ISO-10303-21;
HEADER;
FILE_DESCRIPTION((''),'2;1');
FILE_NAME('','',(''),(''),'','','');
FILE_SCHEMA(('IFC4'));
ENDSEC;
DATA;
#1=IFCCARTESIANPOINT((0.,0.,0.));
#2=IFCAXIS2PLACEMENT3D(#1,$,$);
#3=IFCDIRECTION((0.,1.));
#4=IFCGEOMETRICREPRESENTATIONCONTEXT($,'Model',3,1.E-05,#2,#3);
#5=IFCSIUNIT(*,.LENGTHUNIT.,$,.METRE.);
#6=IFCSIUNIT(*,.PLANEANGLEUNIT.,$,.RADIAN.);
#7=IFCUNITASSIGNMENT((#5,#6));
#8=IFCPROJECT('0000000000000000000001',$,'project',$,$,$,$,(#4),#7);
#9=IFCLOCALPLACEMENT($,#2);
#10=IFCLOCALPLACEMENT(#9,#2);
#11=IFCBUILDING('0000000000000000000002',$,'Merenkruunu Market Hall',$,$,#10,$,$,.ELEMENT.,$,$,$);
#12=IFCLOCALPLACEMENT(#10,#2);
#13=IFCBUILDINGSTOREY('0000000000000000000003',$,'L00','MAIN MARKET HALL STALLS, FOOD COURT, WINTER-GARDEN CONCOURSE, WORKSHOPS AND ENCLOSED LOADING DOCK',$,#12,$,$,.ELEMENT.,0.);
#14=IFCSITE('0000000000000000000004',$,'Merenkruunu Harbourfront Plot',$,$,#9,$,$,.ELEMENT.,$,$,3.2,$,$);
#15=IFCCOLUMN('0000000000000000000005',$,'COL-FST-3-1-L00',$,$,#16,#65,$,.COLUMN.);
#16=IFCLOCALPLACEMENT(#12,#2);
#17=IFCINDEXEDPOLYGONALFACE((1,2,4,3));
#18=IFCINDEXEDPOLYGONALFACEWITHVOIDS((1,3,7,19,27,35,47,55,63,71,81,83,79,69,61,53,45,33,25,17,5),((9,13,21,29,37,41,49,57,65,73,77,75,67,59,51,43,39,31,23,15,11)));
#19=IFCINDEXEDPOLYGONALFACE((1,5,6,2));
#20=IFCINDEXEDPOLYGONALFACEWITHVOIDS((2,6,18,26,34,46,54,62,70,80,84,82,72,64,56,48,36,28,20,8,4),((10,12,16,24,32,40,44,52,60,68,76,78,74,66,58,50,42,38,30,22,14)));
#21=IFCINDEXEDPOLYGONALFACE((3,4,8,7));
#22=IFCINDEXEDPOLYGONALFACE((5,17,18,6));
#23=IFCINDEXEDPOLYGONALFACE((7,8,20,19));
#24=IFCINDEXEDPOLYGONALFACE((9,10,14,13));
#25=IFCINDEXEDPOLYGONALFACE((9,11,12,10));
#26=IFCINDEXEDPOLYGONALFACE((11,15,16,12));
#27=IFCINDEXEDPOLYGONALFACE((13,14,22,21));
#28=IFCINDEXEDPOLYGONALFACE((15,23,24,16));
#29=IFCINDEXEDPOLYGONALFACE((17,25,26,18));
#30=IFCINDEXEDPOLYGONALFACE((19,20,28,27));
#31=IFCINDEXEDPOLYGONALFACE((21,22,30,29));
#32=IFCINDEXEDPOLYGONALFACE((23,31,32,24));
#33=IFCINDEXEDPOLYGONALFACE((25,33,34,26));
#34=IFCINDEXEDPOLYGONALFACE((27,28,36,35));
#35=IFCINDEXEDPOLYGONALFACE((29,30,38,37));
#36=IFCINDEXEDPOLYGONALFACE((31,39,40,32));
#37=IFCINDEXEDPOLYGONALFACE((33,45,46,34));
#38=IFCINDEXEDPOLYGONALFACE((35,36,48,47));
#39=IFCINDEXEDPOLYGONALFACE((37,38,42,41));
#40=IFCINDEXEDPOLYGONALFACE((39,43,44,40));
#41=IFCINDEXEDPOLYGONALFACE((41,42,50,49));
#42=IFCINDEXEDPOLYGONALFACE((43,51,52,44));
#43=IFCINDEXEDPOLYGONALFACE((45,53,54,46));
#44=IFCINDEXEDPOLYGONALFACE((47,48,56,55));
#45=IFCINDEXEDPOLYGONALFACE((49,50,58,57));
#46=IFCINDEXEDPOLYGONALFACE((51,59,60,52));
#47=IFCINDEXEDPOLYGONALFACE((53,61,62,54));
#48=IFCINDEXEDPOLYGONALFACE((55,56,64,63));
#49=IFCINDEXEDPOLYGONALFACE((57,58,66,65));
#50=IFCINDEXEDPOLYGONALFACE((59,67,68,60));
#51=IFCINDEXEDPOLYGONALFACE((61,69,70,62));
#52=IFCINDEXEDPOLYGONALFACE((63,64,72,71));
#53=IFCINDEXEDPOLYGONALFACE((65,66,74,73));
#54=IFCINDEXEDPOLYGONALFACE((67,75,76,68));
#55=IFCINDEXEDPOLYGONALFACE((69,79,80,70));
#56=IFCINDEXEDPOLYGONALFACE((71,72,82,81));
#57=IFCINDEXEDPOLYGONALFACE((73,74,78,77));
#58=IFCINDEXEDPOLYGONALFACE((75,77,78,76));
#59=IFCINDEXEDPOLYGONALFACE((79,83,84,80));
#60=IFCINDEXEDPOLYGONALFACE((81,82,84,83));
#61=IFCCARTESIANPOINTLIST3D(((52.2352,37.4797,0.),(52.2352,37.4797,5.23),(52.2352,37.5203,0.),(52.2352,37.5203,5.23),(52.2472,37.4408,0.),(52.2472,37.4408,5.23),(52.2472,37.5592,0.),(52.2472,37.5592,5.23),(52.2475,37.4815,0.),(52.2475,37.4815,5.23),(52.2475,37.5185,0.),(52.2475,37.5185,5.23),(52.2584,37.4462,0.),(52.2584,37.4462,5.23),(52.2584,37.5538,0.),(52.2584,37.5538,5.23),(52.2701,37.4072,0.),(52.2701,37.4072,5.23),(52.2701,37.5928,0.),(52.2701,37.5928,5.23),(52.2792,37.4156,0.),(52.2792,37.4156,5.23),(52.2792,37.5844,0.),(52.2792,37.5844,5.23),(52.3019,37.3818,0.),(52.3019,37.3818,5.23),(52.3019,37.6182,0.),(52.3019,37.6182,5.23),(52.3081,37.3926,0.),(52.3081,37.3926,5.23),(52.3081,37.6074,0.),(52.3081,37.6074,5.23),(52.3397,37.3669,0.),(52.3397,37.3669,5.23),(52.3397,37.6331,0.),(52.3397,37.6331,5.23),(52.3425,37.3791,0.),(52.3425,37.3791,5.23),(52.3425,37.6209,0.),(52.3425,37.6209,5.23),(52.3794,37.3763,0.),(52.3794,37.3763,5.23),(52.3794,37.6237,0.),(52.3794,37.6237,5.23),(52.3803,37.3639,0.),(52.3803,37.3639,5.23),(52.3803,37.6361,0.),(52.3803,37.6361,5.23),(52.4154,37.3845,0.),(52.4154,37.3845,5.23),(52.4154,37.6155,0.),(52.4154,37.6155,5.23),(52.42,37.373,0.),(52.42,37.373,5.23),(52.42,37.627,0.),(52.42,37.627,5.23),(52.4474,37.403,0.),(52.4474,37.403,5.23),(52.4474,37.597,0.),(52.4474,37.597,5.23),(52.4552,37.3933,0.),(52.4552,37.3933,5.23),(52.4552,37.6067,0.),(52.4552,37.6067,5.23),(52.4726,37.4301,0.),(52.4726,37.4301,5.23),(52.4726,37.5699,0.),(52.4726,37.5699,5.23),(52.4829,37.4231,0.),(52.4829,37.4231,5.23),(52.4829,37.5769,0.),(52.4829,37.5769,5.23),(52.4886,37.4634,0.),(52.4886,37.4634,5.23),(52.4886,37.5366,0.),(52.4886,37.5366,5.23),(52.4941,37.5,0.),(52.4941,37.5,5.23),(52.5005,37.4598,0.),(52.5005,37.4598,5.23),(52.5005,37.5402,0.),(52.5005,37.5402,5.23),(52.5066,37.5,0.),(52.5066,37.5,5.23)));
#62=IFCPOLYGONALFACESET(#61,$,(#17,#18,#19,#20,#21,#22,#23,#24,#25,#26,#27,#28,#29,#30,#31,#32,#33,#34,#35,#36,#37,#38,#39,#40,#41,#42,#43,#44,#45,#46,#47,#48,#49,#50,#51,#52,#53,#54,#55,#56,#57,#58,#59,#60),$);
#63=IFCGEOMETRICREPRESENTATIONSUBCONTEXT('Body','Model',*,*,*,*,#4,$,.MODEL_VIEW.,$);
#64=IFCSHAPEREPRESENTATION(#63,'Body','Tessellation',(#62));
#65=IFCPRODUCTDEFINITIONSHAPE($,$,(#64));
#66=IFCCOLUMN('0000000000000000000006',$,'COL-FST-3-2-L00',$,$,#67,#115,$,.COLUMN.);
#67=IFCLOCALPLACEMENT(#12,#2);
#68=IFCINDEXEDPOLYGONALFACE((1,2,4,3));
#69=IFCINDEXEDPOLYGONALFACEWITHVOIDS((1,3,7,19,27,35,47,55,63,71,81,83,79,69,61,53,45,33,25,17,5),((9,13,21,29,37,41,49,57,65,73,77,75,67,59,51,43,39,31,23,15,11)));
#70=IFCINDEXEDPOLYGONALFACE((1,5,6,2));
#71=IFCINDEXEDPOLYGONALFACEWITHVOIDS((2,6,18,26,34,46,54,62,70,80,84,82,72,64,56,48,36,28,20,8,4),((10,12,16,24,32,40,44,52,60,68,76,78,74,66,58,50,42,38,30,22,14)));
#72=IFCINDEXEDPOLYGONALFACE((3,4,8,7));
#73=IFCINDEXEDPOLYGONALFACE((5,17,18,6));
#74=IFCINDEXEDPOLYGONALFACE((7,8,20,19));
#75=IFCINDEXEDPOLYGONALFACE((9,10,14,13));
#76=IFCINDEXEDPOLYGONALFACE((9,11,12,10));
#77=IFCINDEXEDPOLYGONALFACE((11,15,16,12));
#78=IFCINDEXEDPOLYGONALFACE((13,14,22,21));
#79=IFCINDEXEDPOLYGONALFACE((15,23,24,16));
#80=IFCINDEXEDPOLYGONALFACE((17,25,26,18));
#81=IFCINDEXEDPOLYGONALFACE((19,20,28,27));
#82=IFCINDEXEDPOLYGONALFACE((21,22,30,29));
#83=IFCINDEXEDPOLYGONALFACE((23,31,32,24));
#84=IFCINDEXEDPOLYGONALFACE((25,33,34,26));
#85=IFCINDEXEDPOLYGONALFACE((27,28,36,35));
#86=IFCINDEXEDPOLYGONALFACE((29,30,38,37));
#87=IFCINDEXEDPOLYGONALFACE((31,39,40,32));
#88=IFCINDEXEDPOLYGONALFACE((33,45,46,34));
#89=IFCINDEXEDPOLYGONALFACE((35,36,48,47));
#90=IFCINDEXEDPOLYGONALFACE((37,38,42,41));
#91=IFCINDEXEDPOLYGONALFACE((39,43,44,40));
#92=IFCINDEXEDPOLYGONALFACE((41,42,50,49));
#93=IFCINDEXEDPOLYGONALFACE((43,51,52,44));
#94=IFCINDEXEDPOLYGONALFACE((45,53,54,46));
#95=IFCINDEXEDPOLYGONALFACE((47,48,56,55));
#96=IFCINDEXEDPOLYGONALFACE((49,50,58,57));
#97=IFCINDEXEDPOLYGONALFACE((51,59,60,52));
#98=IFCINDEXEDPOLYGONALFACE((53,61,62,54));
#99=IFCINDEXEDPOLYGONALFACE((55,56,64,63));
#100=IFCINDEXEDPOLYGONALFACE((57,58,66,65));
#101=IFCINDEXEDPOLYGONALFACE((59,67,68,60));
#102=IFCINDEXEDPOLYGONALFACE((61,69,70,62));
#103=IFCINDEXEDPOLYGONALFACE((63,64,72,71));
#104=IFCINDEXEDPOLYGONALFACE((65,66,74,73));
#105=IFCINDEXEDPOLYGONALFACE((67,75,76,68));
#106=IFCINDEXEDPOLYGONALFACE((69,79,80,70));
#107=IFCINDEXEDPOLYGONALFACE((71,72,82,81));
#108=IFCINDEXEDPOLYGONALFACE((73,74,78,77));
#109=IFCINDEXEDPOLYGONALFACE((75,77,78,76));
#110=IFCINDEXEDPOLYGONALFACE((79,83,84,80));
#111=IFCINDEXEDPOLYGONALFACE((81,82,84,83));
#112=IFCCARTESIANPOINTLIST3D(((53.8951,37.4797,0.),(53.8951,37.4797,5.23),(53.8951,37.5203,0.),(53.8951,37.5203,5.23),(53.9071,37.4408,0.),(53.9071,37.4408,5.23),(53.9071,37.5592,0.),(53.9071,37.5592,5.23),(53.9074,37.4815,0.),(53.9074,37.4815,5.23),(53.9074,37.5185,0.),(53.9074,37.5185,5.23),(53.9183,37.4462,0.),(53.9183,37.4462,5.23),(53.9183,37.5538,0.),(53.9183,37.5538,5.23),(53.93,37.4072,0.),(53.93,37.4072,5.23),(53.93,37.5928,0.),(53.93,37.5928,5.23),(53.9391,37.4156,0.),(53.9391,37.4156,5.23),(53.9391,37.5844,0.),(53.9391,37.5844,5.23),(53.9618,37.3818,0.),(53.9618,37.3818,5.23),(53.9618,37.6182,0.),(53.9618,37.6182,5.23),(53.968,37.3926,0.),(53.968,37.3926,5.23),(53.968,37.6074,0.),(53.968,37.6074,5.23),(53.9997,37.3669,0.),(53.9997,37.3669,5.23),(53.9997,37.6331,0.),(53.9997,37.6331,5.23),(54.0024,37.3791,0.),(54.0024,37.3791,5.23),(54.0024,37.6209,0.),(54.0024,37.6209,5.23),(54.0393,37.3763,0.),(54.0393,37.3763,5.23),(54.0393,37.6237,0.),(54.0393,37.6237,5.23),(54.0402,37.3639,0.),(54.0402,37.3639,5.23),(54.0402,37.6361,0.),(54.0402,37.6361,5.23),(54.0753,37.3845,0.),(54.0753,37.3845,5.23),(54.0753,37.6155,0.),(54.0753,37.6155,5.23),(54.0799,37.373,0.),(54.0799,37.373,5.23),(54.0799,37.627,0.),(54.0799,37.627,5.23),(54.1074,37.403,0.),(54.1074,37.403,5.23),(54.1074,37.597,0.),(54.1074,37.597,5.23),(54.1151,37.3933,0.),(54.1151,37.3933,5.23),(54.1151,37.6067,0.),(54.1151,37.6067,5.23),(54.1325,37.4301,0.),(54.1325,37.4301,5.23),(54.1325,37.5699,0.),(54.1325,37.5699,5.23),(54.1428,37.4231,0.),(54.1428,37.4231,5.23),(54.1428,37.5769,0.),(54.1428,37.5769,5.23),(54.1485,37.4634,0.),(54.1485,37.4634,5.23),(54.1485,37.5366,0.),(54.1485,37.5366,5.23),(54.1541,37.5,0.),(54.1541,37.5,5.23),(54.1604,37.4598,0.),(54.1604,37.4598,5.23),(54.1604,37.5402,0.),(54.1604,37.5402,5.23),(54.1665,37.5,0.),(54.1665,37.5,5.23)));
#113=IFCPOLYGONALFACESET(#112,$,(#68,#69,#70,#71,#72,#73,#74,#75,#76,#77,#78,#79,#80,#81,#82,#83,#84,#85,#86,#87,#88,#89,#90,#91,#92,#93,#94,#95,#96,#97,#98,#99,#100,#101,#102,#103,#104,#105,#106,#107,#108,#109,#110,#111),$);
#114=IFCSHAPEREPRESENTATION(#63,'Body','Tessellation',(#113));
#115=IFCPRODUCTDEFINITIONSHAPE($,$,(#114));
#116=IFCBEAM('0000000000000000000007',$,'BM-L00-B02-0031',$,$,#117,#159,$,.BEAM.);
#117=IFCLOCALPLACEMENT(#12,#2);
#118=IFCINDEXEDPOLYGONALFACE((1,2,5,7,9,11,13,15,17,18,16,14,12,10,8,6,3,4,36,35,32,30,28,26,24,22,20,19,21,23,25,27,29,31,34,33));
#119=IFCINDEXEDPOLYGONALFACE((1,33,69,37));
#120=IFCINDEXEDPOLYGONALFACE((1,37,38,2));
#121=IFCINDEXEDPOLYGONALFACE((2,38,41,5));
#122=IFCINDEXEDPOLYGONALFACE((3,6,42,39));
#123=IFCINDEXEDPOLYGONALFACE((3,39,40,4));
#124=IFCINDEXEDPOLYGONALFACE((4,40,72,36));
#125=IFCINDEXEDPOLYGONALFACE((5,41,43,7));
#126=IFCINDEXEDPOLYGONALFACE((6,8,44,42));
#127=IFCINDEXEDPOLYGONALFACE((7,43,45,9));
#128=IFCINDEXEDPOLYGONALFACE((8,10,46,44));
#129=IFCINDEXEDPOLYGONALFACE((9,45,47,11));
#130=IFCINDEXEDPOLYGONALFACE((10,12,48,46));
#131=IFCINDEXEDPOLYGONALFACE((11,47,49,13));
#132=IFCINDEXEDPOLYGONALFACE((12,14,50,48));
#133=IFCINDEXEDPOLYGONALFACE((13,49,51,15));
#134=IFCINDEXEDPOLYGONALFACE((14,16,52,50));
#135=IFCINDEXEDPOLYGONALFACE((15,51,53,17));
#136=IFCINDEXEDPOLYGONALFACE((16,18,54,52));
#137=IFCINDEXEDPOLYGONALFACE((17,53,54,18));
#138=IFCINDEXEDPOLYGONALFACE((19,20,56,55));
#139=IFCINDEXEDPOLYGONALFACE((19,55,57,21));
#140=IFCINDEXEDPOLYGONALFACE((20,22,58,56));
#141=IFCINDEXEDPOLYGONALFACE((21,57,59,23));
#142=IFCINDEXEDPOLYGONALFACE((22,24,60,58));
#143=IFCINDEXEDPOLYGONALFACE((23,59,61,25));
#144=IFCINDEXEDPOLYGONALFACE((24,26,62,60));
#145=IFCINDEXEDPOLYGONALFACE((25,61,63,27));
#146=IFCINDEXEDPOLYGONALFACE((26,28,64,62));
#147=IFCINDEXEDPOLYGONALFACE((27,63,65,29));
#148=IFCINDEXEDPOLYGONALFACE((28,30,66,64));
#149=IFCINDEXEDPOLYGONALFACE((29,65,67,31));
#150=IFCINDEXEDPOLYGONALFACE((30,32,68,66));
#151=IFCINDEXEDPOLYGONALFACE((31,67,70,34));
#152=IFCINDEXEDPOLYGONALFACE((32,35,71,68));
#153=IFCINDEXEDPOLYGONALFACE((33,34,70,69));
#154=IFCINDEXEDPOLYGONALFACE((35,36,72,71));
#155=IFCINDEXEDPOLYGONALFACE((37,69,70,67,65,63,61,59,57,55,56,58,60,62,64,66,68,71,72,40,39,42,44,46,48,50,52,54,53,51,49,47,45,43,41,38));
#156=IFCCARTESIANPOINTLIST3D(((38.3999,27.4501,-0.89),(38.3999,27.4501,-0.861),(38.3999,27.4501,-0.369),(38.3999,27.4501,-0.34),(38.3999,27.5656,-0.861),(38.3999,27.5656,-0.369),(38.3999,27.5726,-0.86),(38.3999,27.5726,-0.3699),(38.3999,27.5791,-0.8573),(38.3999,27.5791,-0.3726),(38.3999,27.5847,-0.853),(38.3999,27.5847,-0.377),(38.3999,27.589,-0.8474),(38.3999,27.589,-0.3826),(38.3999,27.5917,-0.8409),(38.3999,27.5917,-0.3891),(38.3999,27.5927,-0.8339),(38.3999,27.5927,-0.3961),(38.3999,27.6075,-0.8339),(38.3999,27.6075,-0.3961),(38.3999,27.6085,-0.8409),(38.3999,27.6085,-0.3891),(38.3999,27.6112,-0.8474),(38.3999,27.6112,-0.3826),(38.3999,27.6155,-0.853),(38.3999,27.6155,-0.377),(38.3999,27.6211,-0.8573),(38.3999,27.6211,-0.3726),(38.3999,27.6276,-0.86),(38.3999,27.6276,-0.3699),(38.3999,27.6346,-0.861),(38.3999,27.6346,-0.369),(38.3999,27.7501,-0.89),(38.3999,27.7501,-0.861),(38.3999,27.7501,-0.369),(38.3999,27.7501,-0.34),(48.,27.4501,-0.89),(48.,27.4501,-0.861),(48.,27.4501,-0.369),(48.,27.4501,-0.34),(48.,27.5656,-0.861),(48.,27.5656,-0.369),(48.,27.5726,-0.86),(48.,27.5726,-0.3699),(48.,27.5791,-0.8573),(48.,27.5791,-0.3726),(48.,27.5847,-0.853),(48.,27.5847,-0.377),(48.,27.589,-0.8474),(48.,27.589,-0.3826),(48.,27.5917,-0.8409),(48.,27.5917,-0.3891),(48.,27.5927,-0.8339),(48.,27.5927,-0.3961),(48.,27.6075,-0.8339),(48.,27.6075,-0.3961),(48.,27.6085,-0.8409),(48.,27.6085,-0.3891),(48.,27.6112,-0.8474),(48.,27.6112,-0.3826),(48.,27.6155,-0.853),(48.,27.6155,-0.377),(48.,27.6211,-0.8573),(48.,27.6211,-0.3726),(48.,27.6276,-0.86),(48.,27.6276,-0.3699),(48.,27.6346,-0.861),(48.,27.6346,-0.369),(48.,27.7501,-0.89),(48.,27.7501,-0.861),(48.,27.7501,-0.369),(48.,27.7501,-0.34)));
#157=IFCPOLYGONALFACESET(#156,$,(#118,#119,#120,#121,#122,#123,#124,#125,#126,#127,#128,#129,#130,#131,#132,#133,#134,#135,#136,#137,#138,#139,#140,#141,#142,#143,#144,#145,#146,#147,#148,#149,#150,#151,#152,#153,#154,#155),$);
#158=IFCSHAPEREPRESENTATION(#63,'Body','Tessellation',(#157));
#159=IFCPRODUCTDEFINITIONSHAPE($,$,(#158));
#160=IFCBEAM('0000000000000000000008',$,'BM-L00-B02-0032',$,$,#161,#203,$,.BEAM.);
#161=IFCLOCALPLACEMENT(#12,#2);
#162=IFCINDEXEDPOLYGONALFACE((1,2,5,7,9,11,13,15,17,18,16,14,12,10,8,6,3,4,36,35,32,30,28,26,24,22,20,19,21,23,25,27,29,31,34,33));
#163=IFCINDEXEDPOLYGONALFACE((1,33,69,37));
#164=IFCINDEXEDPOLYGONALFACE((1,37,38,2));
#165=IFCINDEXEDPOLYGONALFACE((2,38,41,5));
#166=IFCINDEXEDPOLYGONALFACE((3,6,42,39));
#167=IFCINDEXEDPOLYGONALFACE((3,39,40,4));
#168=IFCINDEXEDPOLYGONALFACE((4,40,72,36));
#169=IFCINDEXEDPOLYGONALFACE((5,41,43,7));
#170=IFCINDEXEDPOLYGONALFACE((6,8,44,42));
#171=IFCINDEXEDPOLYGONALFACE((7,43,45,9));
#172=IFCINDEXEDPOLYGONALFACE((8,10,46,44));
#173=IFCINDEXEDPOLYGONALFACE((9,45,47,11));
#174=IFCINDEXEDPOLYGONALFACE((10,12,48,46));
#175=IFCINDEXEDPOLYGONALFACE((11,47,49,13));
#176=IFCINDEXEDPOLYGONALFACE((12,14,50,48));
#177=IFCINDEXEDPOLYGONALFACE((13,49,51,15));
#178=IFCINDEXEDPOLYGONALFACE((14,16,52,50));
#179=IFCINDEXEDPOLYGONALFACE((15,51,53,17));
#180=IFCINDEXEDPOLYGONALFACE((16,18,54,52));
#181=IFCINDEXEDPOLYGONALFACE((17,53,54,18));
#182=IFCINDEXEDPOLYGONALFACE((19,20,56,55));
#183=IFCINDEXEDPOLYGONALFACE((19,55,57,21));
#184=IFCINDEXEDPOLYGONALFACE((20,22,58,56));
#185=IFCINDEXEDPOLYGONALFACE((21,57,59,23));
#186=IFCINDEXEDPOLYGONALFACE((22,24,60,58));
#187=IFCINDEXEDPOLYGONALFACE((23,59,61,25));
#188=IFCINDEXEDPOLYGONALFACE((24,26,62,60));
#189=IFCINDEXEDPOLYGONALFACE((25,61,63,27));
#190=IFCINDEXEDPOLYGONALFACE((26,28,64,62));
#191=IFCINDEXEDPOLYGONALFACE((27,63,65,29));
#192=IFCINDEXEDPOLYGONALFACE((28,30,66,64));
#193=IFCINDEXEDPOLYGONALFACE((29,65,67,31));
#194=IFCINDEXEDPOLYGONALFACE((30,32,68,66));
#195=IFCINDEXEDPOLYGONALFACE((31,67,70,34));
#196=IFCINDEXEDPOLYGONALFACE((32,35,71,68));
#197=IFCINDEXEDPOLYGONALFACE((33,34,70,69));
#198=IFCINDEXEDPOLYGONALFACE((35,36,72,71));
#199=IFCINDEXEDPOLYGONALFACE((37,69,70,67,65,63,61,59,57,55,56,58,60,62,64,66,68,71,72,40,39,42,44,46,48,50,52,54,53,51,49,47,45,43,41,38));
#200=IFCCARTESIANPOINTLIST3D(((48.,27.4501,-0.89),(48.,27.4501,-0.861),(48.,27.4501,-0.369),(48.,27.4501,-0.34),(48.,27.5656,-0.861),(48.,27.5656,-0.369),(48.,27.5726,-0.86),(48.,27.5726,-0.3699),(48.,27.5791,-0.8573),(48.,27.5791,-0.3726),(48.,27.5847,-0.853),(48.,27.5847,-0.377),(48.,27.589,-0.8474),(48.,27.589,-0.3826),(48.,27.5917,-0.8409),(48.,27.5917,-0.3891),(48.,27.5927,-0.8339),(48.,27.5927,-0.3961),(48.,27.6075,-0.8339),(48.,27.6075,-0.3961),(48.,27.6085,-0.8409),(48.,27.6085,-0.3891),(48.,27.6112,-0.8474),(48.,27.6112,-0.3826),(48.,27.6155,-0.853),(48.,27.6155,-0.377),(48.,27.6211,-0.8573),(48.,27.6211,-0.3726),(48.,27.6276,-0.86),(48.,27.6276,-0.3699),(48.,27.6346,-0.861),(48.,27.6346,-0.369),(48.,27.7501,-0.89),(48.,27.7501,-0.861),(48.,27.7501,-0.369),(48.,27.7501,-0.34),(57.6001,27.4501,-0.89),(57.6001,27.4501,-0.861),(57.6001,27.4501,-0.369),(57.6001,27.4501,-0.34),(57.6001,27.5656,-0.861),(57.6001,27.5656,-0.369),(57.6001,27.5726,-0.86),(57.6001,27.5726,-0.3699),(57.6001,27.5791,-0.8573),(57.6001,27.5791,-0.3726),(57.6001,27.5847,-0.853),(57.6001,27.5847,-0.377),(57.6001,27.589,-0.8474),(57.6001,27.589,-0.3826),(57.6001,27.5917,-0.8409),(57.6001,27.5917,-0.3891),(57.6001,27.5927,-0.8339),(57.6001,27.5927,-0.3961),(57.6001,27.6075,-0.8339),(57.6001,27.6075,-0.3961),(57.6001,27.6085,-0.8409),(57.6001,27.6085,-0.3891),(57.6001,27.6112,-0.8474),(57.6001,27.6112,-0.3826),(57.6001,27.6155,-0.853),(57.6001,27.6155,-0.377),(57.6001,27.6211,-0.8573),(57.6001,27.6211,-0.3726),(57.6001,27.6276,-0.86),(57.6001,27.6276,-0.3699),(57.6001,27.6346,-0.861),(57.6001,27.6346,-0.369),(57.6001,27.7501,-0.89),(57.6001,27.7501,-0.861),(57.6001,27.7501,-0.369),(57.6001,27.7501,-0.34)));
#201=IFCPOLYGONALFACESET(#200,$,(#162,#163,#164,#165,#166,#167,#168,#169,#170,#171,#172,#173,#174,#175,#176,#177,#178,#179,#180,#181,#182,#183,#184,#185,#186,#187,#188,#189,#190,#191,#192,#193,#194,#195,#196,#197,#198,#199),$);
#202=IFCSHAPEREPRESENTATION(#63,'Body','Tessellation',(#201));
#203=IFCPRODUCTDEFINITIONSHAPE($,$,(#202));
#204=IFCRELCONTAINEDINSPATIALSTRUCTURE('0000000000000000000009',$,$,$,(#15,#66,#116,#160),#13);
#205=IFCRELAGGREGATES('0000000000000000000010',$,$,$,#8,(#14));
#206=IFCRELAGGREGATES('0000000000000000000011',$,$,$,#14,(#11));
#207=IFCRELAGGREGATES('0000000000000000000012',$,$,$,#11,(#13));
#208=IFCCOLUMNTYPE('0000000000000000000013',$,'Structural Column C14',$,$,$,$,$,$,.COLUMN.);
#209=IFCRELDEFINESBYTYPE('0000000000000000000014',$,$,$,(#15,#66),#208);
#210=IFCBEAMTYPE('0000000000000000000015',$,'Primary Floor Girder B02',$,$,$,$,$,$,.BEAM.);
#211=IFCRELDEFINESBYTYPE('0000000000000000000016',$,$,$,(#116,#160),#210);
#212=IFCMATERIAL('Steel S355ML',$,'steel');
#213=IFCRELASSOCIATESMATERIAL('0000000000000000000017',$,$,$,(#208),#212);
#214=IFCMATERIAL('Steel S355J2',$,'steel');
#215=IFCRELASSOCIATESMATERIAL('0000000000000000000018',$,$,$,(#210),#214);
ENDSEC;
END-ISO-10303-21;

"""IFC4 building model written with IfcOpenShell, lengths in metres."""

from ifc_helpers import new_model, si_unit, direction, frame, origin, origin_2d, place, context, subcontext, project, spatial, hollow_circle, i_section, extrude, material, material_profile, profile_set, type_object, element, save


model = new_model("IFC4")

# Units and contexts
model_context = context("Model", 3, precision=1e-05, world=origin(), true_north=direction((0.0, 1.0)))
body_context = subcontext(model_context, "Body", "Model", "MODEL_VIEW")
ifc_project = project(units=[si_unit("LENGTHUNIT", "METRE"), si_unit("PLANEANGLEUNIT", "RADIAN")], contexts=[model_context])

# Site, building, storey
site_placement = place(None, origin())
site = spatial("IfcSite", under=ifc_project, at=site_placement, Name="Merenkruunu Harbourfront Plot", CompositionType="ELEMENT", RefElevation=3.2)
building_placement = place(site_placement, origin())
building = spatial("IfcBuilding", under=site, at=building_placement, Name="Merenkruunu Market Hall", CompositionType="ELEMENT")
storey_placement = place(building_placement, origin())
storey = spatial("IfcBuildingStorey", under=building, at=storey_placement, Name="L00", Description="MAIN MARKET HALL STALLS, FOOD COURT, WINTER-GARDEN CONCOURSE, WORKSHOPS AND ENCLOSED LOADING DOCK", CompositionType="ELEMENT", Elevation=0.0)

# Columns
ifc_material_1 = material(Name="Steel S355J2", Category="steel")
ifc_material_2 = material(Name="Steel S355ML", Category="steel")
ifc_material_profile_1 = material_profile(ifc_material_2, hollow_circle(Radius=0.1365, WallThickness=0.0125, at=origin_2d()), Name="CHS 273x12.5")
ifc_profile_set_1 = profile_set([ifc_material_profile_1], Name="Steel S355ML")
column_type_1 = type_object("IfcColumnType", Name="Structural Column C14", PredefinedType="COLUMN", material=ifc_profile_set_1)
for number, where, z_axis, x_axis, name in (
    (1, (52.3701, 37.5, 0.0), (0.0, 0.0, 1.0), (1.0, 0.0, 0.0), "COL-FST-3-1-L00"),
    (2, (54.03, 37.5, 0.0), (0.0, 0.0, 1.0), (1.0, 0.0, 0.0), "COL-FST-3-2-L00"),
):
    element("IfcColumn", number, at=place(storey_placement, frame(where, z_axis=z_axis, x_axis=x_axis)), inside=storey, type_object=column_type_1, Name=name, PredefinedType="COLUMN", context=body_context, shape_type="SweptSolid", body=[
        extrude(hollow_circle(Radius=0.1365, WallThickness=0.0125, at=origin_2d()), origin(), (0.0, 0.0, 1.0), 5.23),
    ])

# Beams
ifc_material_profile_2 = material_profile(ifc_material_1, i_section(OverallWidth=0.3, OverallDepth=0.55, WebThickness=0.0149, FlangeThickness=0.0291, FilletRadius=0.0271, at=origin_2d()), Name="HEB 550")
ifc_profile_set_2 = profile_set([ifc_material_profile_2], Name="Steel S355J2")
beam_type_1 = type_object("IfcBeamType", Name="Primary Floor Girder B02", PredefinedType="BEAM", material=ifc_profile_set_2)
for number, where, z_axis, x_axis, name in (
    (3, (38.3999, 27.6001, -0.615), (1.0, 0.0, 0.0), (0.0, 1.0, 0.0), "BM-L00-B02-0031"),
    (4, (48.0, 27.6001, -0.615), (1.0, 0.0, 0.0), (0.0, 1.0, 0.0), "BM-L00-B02-0032"),
):
    element("IfcBeam", number, at=place(storey_placement, frame(where, z_axis=z_axis, x_axis=x_axis)), inside=storey, type_object=beam_type_1, Name=name, PredefinedType="BEAM", context=body_context, shape_type="SweptSolid", body=[
        extrude(i_section(OverallWidth=0.3, OverallDepth=0.55, WebThickness=0.0149, FlangeThickness=0.0291, FilletRadius=0.0271, at=origin_2d()), origin(), (0.0, 0.0, 1.0), 9.6001),
    ])

save(model, "model.ifc")
